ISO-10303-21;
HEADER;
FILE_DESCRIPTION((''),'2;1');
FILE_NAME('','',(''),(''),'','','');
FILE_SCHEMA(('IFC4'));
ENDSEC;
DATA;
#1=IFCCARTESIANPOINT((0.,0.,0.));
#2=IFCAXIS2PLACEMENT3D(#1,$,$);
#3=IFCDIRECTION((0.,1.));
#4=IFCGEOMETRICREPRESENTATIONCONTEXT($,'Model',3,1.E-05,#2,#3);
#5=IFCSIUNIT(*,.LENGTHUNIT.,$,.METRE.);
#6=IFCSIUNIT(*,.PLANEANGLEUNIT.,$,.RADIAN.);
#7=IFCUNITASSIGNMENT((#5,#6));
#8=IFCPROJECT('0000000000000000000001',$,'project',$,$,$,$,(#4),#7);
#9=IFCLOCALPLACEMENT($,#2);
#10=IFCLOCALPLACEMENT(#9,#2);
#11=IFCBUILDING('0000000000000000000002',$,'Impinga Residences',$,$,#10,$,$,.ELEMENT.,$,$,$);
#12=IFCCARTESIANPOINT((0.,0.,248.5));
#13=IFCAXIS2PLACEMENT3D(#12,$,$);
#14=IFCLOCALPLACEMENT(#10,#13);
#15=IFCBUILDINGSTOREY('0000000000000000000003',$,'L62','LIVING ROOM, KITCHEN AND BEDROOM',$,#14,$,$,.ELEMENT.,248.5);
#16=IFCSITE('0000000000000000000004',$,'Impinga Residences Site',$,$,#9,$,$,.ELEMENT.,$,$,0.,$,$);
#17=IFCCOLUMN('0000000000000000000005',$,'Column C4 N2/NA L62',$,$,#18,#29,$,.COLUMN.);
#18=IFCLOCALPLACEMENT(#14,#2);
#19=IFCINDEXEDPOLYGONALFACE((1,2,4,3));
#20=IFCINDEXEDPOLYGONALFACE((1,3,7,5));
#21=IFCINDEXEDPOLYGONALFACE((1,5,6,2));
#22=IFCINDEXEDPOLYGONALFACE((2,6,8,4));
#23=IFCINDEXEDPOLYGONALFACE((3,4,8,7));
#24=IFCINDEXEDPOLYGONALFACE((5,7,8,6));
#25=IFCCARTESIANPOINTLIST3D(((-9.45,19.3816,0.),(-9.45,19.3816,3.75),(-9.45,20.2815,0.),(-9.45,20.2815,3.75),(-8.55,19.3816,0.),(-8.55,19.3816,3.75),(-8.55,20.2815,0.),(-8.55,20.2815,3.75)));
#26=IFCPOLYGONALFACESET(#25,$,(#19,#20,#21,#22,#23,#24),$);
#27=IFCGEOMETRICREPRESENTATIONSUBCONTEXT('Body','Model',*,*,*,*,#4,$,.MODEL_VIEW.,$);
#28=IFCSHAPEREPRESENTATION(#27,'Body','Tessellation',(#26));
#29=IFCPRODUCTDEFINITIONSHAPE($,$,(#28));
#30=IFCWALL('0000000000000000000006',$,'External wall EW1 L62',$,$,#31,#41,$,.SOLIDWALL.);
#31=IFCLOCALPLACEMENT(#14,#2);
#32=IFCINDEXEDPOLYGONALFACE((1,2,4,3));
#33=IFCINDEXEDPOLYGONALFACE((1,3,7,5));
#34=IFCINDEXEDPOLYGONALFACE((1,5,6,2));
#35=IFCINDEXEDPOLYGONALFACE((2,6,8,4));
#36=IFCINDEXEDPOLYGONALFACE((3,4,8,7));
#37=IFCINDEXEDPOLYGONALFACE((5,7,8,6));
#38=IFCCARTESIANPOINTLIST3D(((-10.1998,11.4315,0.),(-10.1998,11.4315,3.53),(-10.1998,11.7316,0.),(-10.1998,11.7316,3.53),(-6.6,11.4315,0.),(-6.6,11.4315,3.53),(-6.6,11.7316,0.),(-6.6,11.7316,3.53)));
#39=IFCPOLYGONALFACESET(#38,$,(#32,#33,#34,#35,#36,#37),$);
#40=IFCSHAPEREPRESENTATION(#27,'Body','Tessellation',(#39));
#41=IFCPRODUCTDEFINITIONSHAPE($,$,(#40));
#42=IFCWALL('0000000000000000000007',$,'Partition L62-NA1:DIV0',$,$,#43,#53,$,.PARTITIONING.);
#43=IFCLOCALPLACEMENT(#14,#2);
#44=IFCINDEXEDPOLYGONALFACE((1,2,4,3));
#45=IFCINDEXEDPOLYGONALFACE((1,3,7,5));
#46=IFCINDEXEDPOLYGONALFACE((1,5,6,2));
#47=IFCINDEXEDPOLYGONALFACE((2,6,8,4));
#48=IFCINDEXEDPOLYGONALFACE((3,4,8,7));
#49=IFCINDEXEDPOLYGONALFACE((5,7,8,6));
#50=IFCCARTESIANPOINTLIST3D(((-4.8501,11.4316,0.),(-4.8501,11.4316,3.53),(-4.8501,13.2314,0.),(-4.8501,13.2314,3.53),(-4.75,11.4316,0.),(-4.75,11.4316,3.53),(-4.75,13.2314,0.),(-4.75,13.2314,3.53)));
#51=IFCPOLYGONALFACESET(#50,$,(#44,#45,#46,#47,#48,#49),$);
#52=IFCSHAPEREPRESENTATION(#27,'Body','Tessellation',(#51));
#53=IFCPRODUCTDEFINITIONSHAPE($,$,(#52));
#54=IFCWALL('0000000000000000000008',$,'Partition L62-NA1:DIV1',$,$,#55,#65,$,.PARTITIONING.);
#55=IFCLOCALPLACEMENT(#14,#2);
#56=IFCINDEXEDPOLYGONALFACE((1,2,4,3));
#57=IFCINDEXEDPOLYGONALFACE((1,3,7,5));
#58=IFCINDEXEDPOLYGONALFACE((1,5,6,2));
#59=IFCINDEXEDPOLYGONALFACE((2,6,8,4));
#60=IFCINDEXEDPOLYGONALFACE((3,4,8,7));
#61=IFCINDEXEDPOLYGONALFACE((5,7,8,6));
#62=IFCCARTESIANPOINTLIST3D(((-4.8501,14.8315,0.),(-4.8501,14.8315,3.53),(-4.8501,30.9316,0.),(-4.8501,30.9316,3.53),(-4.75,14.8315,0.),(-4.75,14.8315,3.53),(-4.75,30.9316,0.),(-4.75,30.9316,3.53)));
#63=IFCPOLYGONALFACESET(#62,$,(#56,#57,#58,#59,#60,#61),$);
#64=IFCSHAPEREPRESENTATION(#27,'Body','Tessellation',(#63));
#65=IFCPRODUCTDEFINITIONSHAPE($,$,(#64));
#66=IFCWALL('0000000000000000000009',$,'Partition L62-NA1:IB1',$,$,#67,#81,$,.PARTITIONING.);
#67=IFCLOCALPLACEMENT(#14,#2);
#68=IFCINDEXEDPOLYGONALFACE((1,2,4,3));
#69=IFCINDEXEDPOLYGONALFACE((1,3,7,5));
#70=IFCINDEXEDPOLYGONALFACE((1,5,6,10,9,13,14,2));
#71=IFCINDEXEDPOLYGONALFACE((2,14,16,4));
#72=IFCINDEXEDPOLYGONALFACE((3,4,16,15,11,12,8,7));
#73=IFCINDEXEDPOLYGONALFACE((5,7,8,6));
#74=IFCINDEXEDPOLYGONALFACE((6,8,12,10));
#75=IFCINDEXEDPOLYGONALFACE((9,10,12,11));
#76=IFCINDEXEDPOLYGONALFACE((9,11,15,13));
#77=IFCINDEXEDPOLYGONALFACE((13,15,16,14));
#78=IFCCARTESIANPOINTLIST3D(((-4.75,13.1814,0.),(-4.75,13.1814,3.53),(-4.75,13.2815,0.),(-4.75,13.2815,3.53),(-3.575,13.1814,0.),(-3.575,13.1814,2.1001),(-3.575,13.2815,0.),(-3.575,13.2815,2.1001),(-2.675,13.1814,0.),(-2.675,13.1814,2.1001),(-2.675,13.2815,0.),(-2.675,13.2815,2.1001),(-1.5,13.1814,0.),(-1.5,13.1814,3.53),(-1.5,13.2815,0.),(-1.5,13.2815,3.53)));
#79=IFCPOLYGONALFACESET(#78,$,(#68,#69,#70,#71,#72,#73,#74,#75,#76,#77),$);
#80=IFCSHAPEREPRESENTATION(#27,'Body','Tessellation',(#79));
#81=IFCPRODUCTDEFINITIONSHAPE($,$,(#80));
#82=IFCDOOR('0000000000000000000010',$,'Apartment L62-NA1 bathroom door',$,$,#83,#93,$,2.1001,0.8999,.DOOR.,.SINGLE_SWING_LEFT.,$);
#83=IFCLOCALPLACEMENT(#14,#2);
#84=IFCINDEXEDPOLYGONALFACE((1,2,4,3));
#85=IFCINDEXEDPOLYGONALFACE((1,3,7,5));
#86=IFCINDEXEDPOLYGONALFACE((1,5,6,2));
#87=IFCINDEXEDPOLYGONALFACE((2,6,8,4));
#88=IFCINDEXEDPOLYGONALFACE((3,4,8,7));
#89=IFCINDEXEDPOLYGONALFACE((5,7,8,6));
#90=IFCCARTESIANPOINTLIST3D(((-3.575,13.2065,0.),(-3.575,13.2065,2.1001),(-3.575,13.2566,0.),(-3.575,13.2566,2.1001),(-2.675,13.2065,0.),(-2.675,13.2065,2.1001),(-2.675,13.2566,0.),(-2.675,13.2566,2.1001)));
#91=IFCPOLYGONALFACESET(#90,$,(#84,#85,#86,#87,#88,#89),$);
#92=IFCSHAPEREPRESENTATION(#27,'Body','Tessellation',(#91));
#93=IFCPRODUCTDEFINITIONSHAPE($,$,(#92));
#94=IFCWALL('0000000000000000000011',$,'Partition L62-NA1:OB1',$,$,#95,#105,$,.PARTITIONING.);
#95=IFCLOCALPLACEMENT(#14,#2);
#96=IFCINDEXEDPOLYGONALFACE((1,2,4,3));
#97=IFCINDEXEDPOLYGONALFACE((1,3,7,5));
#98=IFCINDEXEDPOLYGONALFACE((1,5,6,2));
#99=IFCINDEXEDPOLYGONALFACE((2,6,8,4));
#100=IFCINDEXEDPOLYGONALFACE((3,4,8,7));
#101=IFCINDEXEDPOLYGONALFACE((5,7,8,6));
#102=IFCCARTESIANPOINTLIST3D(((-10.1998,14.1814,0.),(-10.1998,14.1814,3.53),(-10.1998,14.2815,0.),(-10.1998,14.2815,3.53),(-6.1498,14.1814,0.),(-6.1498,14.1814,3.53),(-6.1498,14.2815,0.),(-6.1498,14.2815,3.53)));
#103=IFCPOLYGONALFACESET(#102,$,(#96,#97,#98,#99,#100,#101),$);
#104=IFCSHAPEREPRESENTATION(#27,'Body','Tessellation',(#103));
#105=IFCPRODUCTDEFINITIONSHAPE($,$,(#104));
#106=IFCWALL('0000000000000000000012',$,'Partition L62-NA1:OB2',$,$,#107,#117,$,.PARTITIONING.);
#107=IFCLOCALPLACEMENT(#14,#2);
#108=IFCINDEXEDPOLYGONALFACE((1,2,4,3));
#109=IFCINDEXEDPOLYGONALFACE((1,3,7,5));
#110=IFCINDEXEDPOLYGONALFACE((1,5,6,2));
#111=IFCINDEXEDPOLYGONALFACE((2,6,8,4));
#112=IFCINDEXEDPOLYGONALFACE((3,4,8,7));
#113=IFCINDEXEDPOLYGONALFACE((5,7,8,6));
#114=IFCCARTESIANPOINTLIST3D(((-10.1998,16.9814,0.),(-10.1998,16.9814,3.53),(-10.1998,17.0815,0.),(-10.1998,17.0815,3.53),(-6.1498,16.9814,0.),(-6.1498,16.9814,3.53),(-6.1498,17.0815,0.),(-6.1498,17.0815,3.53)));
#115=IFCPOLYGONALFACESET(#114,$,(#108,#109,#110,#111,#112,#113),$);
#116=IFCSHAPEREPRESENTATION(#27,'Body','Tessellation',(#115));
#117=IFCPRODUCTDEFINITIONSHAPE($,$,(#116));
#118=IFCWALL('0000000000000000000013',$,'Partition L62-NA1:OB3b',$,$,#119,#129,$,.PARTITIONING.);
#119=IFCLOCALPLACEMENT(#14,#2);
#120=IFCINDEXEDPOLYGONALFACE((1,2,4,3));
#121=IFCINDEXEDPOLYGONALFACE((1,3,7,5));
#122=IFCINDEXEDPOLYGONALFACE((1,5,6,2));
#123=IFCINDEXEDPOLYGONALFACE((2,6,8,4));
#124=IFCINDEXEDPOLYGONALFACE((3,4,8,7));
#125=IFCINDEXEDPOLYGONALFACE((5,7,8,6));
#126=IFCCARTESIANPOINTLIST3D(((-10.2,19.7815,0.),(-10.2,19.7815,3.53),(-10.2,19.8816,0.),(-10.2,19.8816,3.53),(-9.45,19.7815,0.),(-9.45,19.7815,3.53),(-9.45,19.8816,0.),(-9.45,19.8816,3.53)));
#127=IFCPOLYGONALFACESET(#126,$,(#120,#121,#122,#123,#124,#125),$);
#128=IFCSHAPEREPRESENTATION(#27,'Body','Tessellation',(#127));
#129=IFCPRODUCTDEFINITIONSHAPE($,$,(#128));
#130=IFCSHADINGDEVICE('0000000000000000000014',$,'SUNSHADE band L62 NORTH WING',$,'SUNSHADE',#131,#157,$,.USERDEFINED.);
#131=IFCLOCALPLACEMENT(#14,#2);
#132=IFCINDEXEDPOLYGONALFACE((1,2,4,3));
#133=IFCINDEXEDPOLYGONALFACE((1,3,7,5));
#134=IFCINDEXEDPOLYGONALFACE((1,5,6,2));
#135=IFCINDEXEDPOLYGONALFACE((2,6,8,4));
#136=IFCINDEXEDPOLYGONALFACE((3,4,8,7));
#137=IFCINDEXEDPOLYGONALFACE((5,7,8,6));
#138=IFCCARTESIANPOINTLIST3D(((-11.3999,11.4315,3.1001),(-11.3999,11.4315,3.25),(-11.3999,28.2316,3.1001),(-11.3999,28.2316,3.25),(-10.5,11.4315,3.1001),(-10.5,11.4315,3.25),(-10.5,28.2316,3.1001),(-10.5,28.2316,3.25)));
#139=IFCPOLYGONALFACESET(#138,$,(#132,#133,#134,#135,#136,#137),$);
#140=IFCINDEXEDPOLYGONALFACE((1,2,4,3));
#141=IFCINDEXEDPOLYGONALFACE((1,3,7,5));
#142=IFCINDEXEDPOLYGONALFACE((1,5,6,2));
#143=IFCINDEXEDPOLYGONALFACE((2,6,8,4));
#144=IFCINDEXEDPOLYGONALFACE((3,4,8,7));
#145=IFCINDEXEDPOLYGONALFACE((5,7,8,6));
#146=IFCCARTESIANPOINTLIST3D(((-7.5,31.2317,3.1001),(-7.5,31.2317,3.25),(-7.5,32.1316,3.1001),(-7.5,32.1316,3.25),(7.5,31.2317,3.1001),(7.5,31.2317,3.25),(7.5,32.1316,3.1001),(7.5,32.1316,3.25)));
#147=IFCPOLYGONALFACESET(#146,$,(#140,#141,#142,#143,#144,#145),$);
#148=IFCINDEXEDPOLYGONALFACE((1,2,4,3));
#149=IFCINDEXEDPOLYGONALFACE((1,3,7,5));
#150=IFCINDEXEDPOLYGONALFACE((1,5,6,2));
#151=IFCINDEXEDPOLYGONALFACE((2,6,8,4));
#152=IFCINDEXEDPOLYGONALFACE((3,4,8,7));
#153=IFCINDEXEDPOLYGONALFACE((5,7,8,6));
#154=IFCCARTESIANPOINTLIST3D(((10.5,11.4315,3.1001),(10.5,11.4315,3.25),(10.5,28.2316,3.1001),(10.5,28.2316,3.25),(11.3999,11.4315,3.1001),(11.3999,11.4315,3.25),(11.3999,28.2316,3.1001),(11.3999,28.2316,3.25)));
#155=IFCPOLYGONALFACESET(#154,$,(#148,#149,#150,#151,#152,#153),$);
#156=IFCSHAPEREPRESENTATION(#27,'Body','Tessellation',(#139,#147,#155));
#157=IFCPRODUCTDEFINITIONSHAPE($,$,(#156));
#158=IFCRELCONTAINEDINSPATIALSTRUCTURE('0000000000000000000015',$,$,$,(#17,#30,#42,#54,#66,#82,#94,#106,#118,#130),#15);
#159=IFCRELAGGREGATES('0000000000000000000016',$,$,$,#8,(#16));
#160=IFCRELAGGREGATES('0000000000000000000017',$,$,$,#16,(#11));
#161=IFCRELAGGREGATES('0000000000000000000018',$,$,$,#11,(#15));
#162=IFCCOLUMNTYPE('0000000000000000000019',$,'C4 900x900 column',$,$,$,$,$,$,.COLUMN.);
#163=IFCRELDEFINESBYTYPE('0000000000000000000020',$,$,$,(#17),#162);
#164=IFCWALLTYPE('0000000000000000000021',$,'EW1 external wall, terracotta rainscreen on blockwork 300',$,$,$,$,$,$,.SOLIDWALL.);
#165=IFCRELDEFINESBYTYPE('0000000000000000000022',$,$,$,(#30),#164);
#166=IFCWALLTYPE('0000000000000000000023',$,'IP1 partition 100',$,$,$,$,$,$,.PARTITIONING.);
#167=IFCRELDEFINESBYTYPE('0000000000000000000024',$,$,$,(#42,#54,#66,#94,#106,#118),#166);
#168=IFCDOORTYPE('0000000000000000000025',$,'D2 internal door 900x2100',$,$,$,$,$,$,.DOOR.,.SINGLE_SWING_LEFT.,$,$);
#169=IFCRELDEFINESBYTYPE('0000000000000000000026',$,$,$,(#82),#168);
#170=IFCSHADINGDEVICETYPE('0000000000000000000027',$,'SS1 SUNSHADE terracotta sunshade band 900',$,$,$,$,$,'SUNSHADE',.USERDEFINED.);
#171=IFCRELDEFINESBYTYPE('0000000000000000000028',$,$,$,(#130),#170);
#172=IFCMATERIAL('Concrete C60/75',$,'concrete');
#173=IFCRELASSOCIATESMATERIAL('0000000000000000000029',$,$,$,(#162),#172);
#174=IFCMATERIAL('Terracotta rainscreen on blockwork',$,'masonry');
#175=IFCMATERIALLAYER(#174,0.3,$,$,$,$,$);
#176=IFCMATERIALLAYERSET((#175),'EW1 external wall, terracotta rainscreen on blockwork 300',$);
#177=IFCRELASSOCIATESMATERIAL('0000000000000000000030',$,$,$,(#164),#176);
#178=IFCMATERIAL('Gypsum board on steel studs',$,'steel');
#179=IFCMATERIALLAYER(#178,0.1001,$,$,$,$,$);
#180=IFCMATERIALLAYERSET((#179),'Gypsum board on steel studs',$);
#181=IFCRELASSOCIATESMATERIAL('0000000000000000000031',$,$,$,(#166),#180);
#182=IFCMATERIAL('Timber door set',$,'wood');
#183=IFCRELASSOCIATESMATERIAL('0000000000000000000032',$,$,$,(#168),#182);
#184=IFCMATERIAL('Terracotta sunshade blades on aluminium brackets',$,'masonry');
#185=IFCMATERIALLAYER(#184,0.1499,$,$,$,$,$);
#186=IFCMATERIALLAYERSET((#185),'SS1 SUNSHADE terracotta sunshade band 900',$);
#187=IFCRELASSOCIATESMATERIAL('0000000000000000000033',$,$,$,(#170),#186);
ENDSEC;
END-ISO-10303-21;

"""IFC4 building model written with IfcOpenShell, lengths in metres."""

from ifc_helpers import new_model, si_unit, direction, frame, frame_2d, origin, origin_2d, place, context, subcontext, project, spatial, rectangle, extrude, material, layer, layer_set, material_profile, profile_set, type_object, element, fill, save


model = new_model("IFC4")

# Units and contexts
model_context = context("Model", 3, precision=1e-05, world=origin(), true_north=direction((0.0, 1.0)))
body_context = subcontext(model_context, "Body", "Model", "MODEL_VIEW")
ifc_project = project(units=[si_unit("LENGTHUNIT", "METRE"), si_unit("PLANEANGLEUNIT", "RADIAN")], contexts=[model_context])

# Site, building, storey
site_placement = place(None, origin())
site = spatial("IfcSite", under=ifc_project, at=site_placement, Name="Impinga Residences Site", CompositionType="ELEMENT", RefElevation=0.0)
building_placement = place(site_placement, origin())
building = spatial("IfcBuilding", under=site, at=building_placement, Name="Impinga Residences", CompositionType="ELEMENT")
storey_placement = place(building_placement, frame((0.0, 0.0, 248.5)))
storey = spatial("IfcBuildingStorey", under=building, at=storey_placement, Name="L62", Description="LIVING ROOM, KITCHEN AND BEDROOM", CompositionType="ELEMENT", Elevation=248.5)

# Column
ifc_material_1 = material(Name="Concrete C60/75", Category="concrete")
ifc_material_profile = material_profile(ifc_material_1, rectangle(XDim=0.8999, YDim=0.8999, at=origin_2d()), Name="RC 900x900")
ifc_profile_set = profile_set([ifc_material_profile], Name="Concrete C60/75")
column_type = type_object("IfcColumnType", Name="C4 900x900 column", PredefinedType="COLUMN", material=ifc_profile_set)
column_placement = place(storey_placement, frame((-9.0, 19.8315, 0.0), z_axis=(0.0, 0.0, 1.0), x_axis=(1.0, 0.0, 0.0)))
element("IfcColumn", 1, at=column_placement, inside=storey, type_object=column_type, Name="Column C4 N2/NA L62", PredefinedType="COLUMN", context=body_context, shape_type="SweptSolid", body=[
    extrude(rectangle(XDim=0.8999, YDim=0.8999, at=origin_2d()), origin(), (0.0, 0.0, 1.0), 3.75),
])

# Walls
ifc_material_2 = material(Name="Terracotta rainscreen on blockwork", Category="masonry")
ifc_layer_1 = layer(ifc_material_2, 0.3)
ifc_layer_set_1 = layer_set([ifc_layer_1], Name="EW1 external wall, terracotta rainscreen on blockwork 300")
wall_type_1 = type_object("IfcWallType", Name="EW1 external wall, terracotta rainscreen on blockwork 300", PredefinedType="SOLIDWALL", material=ifc_layer_set_1)
wall_1_placement = place(storey_placement, frame((-6.6001, 11.5815, 0.0), z_axis=(0.0, 0.0, 1.0), x_axis=(-1.0, 0.0, 0.0)))
element("IfcWall", 2, at=wall_1_placement, inside=storey, type_object=wall_type_1, Name="External wall EW1 L62", PredefinedType="SOLIDWALL", context=body_context, shape_type="SweptSolid", body=[
    extrude(rectangle(XDim=3.5999, YDim=0.3, at=frame_2d((1.7998, 0.0))), origin(), (0.0, 0.0, 1.0), 3.53),
])
ifc_material_3 = material(Name="Gypsum board on steel studs", Category="steel")
ifc_layer_2 = layer(ifc_material_3, 0.1001)
ifc_layer_set_2 = layer_set([ifc_layer_2], Name="Gypsum board on steel studs")
wall_type_2 = type_object("IfcWallType", Name="IP1 partition 100", PredefinedType="PARTITIONING", material=ifc_layer_set_2)
wall_2_placement = place(storey_placement, frame((-4.8, 11.4316, 0.0), z_axis=(0.0, 0.0, 1.0), x_axis=(0.0, 1.0, 0.0)))
element("IfcWall", 3, at=wall_2_placement, inside=storey, type_object=wall_type_2, Name="Partition L62-NA1:DIV0", PredefinedType="PARTITIONING", context=body_context, shape_type="SweptSolid", body=[
    extrude(rectangle(XDim=1.7998, YDim=0.1001, at=frame_2d((0.8999, 0.0))), origin(), (0.0, 0.0, 1.0), 3.53),
])
wall_3_placement = place(storey_placement, frame((-4.8, 14.8315, 0.0), z_axis=(0.0, 0.0, 1.0), x_axis=(0.0, 1.0, 0.0)))
element("IfcWall", 4, at=wall_3_placement, inside=storey, type_object=wall_type_2, Name="Partition L62-NA1:DIV1", PredefinedType="PARTITIONING", context=body_context, shape_type="SweptSolid", body=[
    extrude(rectangle(XDim=16.1001, YDim=0.1001, at=frame_2d((8.05, 0.0))), origin(), (0.0, 0.0, 1.0), 3.53),
])

# Wall, opening, door
wall_4_placement = place(storey_placement, frame((-1.5, 13.2314, 0.0), z_axis=(0.0, 0.0, 1.0), x_axis=(-1.0, 0.0, 0.0)))
wall_4 = element("IfcWall", 5, at=wall_4_placement, inside=storey, type_object=wall_type_2, Name="Partition L62-NA1:IB1", PredefinedType="PARTITIONING", context=body_context, shape_type="SweptSolid", body=[
    extrude(rectangle(XDim=3.25, YDim=0.1001, at=frame_2d((1.625, 0.0))), origin(), (0.0, 0.0, 1.0), 3.53),
])
opening_placement = place(wall_4_placement, frame((1.175, 0.0, 0.0)))
opening = element("IfcOpeningElement", 6, at=opening_placement, cuts=wall_4, PredefinedType="OPENING", context=body_context, shape_type="SweptSolid", body=[
    extrude(rectangle(XDim=0.8999, YDim=2.1001, at=frame_2d((0.45, 1.05))), frame((0.0, 0.0601, 0.0), z_axis=(0.0, -1.0, 0.0), x_axis=(1.0, 0.0, 0.0)), (0.0, 0.0, 1.0), 0.1201),
])
ifc_material_4 = material(Name="Timber door set", Category="wood")
door_type = type_object("IfcDoorType", Name="D2 internal door 900x2100", OperationType="SINGLE_SWING_LEFT", PredefinedType="DOOR", material=ifc_material_4)
door_placement = place(opening_placement, origin())
door = element("IfcDoor", 7, at=door_placement, inside=storey, type_object=door_type, Name="Apartment L62-NA1 bathroom door", OperationType="SINGLE_SWING_LEFT", OverallHeight=2.1001, OverallWidth=0.8999, PredefinedType="DOOR", context=body_context, shape_type="SweptSolid", body=[
    extrude(rectangle(XDim=0.8999, YDim=2.1001, at=frame_2d((0.45, 1.05))), frame((0.0, 0.0249, 0.0), z_axis=(0.0, -1.0, 0.0), x_axis=(1.0, 0.0, 0.0)), (0.0, 0.0, 1.0), 0.05),
])
fill(opening, door)

# Walls
for number, where, z_axis, x_axis, name in (
    (8, (-6.1499, 14.2314, 0.0), (0.0, 0.0, 1.0), (-1.0, 0.0, 0.0), "Partition L62-NA1:OB1"),
    (9, (-6.1499, 17.0315, 0.0), (0.0, 0.0, 1.0), (-1.0, 0.0, 0.0), "Partition L62-NA1:OB2"),
):
    element("IfcWall", number, at=place(storey_placement, frame(where, z_axis=z_axis, x_axis=x_axis)), inside=storey, type_object=wall_type_2, Name=name, PredefinedType="PARTITIONING", context=body_context, shape_type="SweptSolid", body=[
        extrude(rectangle(XDim=4.05, YDim=0.1001, at=frame_2d((2.0249, 0.0))), origin(), (0.0, 0.0, 1.0), 3.53),
    ])
wall_5_placement = place(storey_placement, frame((-9.45, 19.8315, 0.0), z_axis=(0.0, 0.0, 1.0), x_axis=(-1.0, 0.0, 0.0)))
element("IfcWall", 10, at=wall_5_placement, inside=storey, type_object=wall_type_2, Name="Partition L62-NA1:OB3b", PredefinedType="PARTITIONING", context=body_context, shape_type="SweptSolid", body=[
    extrude(rectangle(XDim=0.75, YDim=0.1001, at=frame_2d((0.375, 0.0))), origin(), (0.0, 0.0, 1.0), 3.53),
])

# Shading device
ifc_material_5 = material(Name="Terracotta sunshade blades on aluminium brackets", Category="masonry")
ifc_layer_3 = layer(ifc_material_5, 0.1499)
ifc_layer_set_3 = layer_set([ifc_layer_3], Name="SS1 SUNSHADE terracotta sunshade band 900")
shading_device_type = type_object("IfcShadingDeviceType", Name="SS1 SUNSHADE terracotta sunshade band 900", ElementType="SUNSHADE", PredefinedType="USERDEFINED", material=ifc_layer_set_3)
shading_device_placement = place(storey_placement, frame((-10.95, 19.8315, 3.1001), z_axis=(0.0, 0.0, 1.0), x_axis=(0.0, 1.0, 0.0)))
element("IfcShadingDevice", 11, at=shading_device_placement, inside=storey, type_object=shading_device_type, Name="SUNSHADE band L62 NORTH WING", ObjectType="SUNSHADE", PredefinedType="USERDEFINED", context=body_context, shape_type="SweptSolid", body=[
    extrude(rectangle(XDim=16.8, YDim=0.8999, at=origin_2d()), origin(), (0.0, 0.0, 1.0), 0.1499),
    extrude(rectangle(XDim=15.0, YDim=0.8999, at=origin_2d()), frame((11.8501, -10.95, 0.0), z_axis=(0.0, 0.0, 1.0), x_axis=(0.0, -1.0, 0.0)), (0.0, 0.0, 1.0), 0.1499),
    extrude(rectangle(XDim=16.8, YDim=0.8999, at=origin_2d()), frame((0.0, -21.8999, 0.0), z_axis=(0.0, 0.0, 1.0), x_axis=(-1.0, 0.0, 0.0)), (0.0, 0.0, 1.0), 0.1499),
])

save(model, "model.ifc")
